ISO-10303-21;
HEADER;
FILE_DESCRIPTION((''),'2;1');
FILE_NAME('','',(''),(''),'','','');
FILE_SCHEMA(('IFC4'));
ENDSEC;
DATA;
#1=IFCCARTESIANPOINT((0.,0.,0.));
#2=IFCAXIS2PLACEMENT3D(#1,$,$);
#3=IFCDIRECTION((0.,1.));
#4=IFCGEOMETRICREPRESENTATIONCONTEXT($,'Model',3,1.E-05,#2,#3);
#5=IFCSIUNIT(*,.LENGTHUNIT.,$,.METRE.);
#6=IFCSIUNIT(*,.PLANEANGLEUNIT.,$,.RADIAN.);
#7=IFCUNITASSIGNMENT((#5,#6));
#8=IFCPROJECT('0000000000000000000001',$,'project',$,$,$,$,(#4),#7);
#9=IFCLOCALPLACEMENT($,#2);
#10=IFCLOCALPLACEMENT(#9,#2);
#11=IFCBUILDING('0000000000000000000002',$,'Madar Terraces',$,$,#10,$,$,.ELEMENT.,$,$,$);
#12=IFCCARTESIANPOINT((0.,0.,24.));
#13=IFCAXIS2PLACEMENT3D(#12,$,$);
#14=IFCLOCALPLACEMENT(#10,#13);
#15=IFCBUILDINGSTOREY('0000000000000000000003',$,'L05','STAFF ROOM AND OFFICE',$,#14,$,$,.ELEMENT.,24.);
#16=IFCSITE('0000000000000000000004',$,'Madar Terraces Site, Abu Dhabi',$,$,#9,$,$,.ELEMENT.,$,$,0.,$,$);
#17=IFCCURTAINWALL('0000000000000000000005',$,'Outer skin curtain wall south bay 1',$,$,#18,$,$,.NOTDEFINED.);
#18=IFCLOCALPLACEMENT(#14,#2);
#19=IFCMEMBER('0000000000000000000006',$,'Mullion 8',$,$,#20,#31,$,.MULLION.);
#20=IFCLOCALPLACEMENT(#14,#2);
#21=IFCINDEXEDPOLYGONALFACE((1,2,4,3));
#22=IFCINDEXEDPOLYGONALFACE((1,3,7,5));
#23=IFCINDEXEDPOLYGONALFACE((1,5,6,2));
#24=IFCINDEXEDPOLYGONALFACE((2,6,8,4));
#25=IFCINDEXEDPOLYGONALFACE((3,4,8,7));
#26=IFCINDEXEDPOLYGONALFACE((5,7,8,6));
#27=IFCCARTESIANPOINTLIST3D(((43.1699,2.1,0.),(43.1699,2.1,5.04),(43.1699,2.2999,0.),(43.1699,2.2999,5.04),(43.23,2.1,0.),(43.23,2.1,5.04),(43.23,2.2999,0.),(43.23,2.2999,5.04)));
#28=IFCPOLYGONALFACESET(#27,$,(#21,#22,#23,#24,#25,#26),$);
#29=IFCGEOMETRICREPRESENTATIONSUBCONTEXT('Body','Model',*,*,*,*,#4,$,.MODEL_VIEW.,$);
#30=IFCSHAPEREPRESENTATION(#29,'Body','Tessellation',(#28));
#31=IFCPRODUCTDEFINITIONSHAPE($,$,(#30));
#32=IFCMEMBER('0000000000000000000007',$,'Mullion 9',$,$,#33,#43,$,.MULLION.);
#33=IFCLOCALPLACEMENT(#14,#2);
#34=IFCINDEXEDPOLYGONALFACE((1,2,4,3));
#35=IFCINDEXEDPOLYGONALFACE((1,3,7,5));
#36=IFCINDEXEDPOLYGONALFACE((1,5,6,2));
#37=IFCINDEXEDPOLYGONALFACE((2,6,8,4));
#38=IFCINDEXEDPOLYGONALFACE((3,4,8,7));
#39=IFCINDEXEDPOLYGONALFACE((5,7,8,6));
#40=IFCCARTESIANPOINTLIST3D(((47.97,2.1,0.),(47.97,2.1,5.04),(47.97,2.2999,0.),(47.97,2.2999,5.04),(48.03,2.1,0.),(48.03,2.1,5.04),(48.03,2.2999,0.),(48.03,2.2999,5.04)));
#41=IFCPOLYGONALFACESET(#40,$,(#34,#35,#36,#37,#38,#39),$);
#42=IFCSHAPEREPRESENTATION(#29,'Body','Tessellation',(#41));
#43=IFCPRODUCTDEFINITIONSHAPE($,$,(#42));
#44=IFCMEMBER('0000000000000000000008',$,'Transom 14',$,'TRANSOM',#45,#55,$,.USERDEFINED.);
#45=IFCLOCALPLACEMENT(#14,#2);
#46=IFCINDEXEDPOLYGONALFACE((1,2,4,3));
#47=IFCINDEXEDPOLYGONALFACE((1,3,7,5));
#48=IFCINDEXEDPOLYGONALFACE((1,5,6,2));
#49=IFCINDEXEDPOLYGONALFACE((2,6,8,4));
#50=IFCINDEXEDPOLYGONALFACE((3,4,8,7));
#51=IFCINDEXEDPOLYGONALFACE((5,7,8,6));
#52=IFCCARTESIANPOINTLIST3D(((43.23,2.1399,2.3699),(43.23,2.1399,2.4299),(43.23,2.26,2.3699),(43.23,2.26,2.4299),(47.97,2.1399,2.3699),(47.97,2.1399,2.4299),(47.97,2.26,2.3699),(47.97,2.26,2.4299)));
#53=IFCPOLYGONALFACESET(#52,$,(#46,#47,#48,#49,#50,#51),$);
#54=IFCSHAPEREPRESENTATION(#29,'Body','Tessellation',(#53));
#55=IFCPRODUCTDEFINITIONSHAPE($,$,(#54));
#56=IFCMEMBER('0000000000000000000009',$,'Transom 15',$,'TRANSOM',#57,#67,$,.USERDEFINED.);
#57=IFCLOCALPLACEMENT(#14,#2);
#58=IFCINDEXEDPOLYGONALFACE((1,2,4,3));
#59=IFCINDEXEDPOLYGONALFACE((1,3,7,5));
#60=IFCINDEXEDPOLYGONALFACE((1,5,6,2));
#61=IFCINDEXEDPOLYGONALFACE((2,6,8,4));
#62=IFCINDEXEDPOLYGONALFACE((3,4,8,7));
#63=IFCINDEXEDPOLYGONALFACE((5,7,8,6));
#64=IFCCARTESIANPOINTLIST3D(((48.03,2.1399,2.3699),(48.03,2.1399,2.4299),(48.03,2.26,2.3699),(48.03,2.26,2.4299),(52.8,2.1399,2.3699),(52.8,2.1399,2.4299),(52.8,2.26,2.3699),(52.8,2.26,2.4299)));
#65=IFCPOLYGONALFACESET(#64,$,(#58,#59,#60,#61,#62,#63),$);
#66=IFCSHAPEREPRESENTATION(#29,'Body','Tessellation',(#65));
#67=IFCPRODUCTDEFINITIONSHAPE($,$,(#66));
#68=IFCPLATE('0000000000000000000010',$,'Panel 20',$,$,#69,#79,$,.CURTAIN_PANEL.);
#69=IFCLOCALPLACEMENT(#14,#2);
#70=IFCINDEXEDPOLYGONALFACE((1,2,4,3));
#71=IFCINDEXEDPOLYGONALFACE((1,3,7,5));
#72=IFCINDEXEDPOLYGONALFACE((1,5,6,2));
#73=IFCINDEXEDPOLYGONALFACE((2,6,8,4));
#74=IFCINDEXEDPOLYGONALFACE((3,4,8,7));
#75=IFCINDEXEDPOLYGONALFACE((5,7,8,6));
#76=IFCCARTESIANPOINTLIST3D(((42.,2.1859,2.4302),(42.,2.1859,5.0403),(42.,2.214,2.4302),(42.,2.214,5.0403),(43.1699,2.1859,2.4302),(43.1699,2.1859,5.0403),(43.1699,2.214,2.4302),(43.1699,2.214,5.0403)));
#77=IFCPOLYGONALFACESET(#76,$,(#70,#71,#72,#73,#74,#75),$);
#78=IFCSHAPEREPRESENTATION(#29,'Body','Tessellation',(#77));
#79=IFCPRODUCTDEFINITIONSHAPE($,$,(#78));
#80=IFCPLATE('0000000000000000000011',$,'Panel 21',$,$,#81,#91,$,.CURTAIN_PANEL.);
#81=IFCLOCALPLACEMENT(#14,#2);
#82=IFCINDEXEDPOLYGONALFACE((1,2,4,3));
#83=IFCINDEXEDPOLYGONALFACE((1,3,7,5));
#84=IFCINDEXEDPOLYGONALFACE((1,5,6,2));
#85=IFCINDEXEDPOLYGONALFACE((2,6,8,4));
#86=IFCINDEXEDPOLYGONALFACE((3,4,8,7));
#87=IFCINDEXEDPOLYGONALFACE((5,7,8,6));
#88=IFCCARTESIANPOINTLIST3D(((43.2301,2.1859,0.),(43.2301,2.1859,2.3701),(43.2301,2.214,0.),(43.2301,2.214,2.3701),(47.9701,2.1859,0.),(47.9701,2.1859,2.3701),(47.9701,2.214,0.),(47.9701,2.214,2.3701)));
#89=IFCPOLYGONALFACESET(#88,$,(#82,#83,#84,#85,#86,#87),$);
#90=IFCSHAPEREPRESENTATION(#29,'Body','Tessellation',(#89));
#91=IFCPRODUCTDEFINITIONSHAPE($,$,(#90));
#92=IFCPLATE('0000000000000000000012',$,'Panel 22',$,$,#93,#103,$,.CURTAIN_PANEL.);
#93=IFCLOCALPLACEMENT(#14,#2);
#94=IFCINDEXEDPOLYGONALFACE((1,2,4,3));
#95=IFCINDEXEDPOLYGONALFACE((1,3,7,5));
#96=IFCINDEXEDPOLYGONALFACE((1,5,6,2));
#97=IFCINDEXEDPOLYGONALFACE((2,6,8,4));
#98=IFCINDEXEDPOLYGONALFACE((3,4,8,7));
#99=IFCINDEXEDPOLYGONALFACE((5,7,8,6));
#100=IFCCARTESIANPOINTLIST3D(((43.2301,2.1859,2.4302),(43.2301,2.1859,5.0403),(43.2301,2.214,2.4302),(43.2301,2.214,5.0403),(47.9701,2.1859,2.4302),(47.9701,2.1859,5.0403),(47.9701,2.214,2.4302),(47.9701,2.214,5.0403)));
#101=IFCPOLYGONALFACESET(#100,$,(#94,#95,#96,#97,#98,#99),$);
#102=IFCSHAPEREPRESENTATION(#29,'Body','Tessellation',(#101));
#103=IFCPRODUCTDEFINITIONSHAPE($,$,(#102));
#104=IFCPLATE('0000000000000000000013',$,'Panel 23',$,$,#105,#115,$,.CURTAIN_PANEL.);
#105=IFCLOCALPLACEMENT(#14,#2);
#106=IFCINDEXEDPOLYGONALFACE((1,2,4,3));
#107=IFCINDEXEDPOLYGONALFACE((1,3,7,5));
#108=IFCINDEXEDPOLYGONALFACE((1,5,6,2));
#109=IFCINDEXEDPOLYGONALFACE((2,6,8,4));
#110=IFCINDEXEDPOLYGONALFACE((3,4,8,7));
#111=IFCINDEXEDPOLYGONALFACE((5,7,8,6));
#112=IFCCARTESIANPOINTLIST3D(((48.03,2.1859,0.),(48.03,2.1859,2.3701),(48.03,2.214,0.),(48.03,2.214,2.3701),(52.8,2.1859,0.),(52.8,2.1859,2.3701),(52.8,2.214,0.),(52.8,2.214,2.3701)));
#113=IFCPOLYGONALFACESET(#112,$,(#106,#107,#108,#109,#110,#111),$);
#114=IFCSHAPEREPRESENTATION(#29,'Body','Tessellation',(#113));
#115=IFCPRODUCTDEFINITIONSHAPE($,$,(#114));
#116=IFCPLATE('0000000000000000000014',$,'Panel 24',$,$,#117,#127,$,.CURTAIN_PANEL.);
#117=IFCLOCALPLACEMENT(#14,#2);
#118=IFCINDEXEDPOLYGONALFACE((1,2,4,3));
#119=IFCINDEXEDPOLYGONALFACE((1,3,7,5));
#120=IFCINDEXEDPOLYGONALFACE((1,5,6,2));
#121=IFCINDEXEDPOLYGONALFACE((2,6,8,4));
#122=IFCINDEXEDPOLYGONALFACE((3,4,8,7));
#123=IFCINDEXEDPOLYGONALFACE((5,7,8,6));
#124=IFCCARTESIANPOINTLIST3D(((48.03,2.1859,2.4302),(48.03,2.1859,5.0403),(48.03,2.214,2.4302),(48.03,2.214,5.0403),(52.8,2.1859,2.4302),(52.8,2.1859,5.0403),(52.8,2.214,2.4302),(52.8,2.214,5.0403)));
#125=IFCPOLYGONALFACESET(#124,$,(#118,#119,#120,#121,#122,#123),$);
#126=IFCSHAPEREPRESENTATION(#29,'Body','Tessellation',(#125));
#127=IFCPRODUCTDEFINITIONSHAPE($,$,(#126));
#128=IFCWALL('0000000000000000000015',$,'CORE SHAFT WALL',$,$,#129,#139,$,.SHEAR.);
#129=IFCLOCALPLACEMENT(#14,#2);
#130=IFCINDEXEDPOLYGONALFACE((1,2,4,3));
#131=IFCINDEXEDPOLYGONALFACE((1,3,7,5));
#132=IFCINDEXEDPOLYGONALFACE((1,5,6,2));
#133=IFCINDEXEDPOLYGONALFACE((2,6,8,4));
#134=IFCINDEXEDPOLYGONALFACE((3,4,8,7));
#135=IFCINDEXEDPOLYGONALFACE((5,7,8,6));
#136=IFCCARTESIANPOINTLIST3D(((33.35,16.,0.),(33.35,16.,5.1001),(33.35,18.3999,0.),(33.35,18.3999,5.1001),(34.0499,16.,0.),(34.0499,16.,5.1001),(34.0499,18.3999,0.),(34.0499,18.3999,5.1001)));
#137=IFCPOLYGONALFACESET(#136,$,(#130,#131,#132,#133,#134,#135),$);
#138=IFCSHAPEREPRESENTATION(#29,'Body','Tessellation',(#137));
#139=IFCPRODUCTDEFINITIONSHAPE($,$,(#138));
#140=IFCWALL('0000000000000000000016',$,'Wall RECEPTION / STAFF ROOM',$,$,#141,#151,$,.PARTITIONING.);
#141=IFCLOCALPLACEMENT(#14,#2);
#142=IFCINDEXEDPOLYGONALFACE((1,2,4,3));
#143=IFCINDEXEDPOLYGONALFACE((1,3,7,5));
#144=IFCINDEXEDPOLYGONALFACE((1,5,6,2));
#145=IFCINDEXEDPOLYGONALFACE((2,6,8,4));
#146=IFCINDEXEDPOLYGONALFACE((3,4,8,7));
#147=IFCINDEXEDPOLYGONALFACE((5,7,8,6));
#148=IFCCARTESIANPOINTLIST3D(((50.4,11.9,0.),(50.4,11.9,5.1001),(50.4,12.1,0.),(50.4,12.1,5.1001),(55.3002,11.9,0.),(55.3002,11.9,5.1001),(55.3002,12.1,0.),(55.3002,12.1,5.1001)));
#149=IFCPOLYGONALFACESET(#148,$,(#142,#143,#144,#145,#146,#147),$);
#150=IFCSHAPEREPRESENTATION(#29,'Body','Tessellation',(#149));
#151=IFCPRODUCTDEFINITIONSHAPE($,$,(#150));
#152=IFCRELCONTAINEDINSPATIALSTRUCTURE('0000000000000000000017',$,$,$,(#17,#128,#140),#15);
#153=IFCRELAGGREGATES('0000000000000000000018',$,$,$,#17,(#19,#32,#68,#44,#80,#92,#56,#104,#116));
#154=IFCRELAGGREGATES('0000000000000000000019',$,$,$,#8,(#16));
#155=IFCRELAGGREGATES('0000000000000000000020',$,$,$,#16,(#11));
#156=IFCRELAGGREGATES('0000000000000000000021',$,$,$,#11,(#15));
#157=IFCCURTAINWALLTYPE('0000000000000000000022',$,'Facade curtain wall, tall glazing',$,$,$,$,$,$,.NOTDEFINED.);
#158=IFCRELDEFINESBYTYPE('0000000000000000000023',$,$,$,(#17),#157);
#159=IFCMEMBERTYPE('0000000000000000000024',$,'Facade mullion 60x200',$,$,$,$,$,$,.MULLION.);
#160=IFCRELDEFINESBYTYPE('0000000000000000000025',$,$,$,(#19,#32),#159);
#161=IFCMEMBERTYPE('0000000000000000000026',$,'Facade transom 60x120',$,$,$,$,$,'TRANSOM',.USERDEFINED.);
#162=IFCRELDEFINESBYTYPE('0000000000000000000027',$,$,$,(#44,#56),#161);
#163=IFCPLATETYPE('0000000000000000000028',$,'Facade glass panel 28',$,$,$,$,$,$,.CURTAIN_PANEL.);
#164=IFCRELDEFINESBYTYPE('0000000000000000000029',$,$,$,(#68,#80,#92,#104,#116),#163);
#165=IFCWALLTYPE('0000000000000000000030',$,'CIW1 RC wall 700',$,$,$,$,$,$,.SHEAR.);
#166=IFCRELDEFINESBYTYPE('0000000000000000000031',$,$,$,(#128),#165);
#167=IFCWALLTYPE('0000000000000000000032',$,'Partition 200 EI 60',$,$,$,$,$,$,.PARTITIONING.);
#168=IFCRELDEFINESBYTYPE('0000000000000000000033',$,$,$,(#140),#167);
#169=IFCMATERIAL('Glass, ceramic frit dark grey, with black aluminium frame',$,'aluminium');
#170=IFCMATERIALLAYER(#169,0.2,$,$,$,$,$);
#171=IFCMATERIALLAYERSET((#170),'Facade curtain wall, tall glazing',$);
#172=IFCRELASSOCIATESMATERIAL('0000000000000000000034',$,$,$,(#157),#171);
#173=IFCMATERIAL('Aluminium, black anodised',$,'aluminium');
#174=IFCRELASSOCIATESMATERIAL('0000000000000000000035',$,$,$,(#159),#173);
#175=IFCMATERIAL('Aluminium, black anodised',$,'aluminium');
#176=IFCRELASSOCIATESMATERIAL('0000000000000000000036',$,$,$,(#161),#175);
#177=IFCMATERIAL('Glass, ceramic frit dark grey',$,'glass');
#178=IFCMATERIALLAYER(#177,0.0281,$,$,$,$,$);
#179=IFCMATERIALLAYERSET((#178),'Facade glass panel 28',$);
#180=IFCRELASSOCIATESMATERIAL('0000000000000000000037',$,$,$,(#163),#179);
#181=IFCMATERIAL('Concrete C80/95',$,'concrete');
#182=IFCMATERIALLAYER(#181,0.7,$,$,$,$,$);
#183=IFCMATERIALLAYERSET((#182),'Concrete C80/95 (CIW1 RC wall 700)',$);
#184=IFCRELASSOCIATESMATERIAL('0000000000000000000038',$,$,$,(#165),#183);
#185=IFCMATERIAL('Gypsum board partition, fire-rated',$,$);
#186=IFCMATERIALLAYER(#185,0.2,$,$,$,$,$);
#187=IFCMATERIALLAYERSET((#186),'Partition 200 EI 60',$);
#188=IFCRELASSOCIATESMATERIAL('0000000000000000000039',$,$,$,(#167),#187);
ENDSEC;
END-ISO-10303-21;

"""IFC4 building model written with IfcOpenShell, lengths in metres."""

from ifc_helpers import new_model, si_unit, direction, frame, frame_2d, origin, origin_2d, place, context, subcontext, project, spatial, rectangle, extrude, material, layer, layer_set, material_profile, profile_set, type_object, element, aggregate, save


model = new_model("IFC4")

# Units and contexts
model_context = context("Model", 3, precision=1e-05, world=origin(), true_north=direction((0.0, 1.0)))
body_context = subcontext(model_context, "Body", "Model", "MODEL_VIEW")
ifc_project = project(units=[si_unit("LENGTHUNIT", "METRE"), si_unit("PLANEANGLEUNIT", "RADIAN")], contexts=[model_context])

# Site, building, storey
site_placement = place(None, origin())
site = spatial("IfcSite", under=ifc_project, at=site_placement, Name="Madar Terraces Site, Abu Dhabi", CompositionType="ELEMENT", RefElevation=0.0)
building_placement = place(site_placement, origin())
building = spatial("IfcBuilding", under=site, at=building_placement, Name="Madar Terraces", CompositionType="ELEMENT")
storey_placement = place(building_placement, frame((0.0, 0.0, 24.0)))
storey = spatial("IfcBuildingStorey", under=building, at=storey_placement, Name="L05", Description="STAFF ROOM AND OFFICE", CompositionType="ELEMENT", Elevation=24.0)

# Curtain wall, members, plates
ifc_material_1 = material(Name="Glass, ceramic frit dark grey, with black aluminium frame", Category="aluminium")
ifc_layer_1 = layer(ifc_material_1, 0.2)
ifc_layer_set_1 = layer_set([ifc_layer_1], Name="Facade curtain wall, tall glazing")
curtain_wall_type = type_object("IfcCurtainWallType", Name="Facade curtain wall, tall glazing", PredefinedType="NOTDEFINED", material=ifc_layer_set_1)
curtain_wall_placement = place(storey_placement, origin())
curtain_wall = element("IfcCurtainWall", 1, at=curtain_wall_placement, inside=storey, type_object=curtain_wall_type, Name="Outer skin curtain wall south bay 1", PredefinedType="NOTDEFINED")
ifc_material_2 = material(Name="Aluminium, black anodised", Category="aluminium")
ifc_material_profile_1 = material_profile(ifc_material_2, rectangle(XDim=0.2, YDim=0.0601, at=origin_2d()), Name="Facade mullion 60x200")
ifc_profile_set_1 = profile_set([ifc_material_profile_1], Name="Aluminium, black anodised")
member_type_1 = type_object("IfcMemberType", Name="Facade mullion 60x200", PredefinedType="MULLION", material=ifc_profile_set_1)
member_1_placement = place(storey_placement, frame((43.2, 2.2, 0.0), z_axis=(0.0, 0.0, 1.0), x_axis=(0.0, 1.0, 0.0)))
member_1 = element("IfcMember", 2, at=member_1_placement, type_object=member_type_1, Name="Mullion 8", PredefinedType="MULLION", context=body_context, shape_type="SweptSolid", body=[
    extrude(rectangle(XDim=0.2, YDim=0.0601, at=origin_2d()), origin(), (0.0, 0.0, 1.0), 5.04),
])
member_2_placement = place(storey_placement, frame((48.0, 2.2, 0.0), z_axis=(0.0, 0.0, 1.0), x_axis=(0.0, 1.0, 0.0)))
member_2 = element("IfcMember", 3, at=member_2_placement, type_object=member_type_1, Name="Mullion 9", PredefinedType="MULLION", context=body_context, shape_type="SweptSolid", body=[
    extrude(rectangle(XDim=0.2, YDim=0.0601, at=origin_2d()), origin(), (0.0, 0.0, 1.0), 5.04),
])
ifc_material_3 = material(Name="Aluminium, black anodised", Category="aluminium")
ifc_material_profile_2 = material_profile(ifc_material_3, rectangle(XDim=0.1201, YDim=0.0601, at=origin_2d()), Name="Facade transom 60x120")
ifc_profile_set_2 = profile_set([ifc_material_profile_2], Name="Aluminium, black anodised")
member_type_2 = type_object("IfcMemberType", Name="Facade transom 60x120", ElementType="TRANSOM", PredefinedType="USERDEFINED", material=ifc_profile_set_2)
member_3_placement = place(storey_placement, frame((43.23, 2.2, 2.3999), z_axis=(1.0, 0.0, 0.0), x_axis=(0.0, 1.0, 0.0)))
member_3 = element("IfcMember", 4, at=member_3_placement, type_object=member_type_2, Name="Transom 14", ObjectType="TRANSOM", PredefinedType="USERDEFINED", context=body_context, shape_type="SweptSolid", body=[
    extrude(rectangle(XDim=0.1201, YDim=0.0601, at=origin_2d()), origin(), (0.0, 0.0, 1.0), 4.74),
])
member_4_placement = place(storey_placement, frame((48.03, 2.2, 2.3999), z_axis=(1.0, 0.0, 0.0), x_axis=(0.0, 1.0, 0.0)))
member_4 = element("IfcMember", 5, at=member_4_placement, type_object=member_type_2, Name="Transom 15", ObjectType="TRANSOM", PredefinedType="USERDEFINED", context=body_context, shape_type="SweptSolid", body=[
    extrude(rectangle(XDim=0.1201, YDim=0.0601, at=origin_2d()), origin(), (0.0, 0.0, 1.0), 4.77),
])
ifc_material_4 = material(Name="Glass, ceramic frit dark grey", Category="glass")
ifc_layer_2 = layer(ifc_material_4, 0.0281)
ifc_layer_set_2 = layer_set([ifc_layer_2], Name="Facade glass panel 28")
plate_type = type_object("IfcPlateType", Name="Facade glass panel 28", PredefinedType="CURTAIN_PANEL", material=ifc_layer_set_2)
plate_1_placement = place(storey_placement, frame((42.585, 2.2, 2.4302), z_axis=(0.0, 0.0, 1.0), x_axis=(1.0, 0.0, 0.0)))
plate_1 = element("IfcPlate", 6, at=plate_1_placement, type_object=plate_type, Name="Panel 20", PredefinedType="CURTAIN_PANEL", context=body_context, shape_type="SweptSolid", body=[
    extrude(rectangle(XDim=1.1699, YDim=0.0281, at=origin_2d()), origin(), (0.0, 0.0, 1.0), 2.6101),
])
plate_2_placement = place(storey_placement, frame((45.6001, 2.2, 0.0), z_axis=(0.0, 0.0, 1.0), x_axis=(1.0, 0.0, 0.0)))
plate_2 = element("IfcPlate", 7, at=plate_2_placement, type_object=plate_type, Name="Panel 21", PredefinedType="CURTAIN_PANEL", context=body_context, shape_type="SweptSolid", body=[
    extrude(rectangle(XDim=4.74, YDim=0.0281, at=origin_2d()), origin(), (0.0, 0.0, 1.0), 2.3701),
])
plate_3_placement = place(storey_placement, frame((45.6001, 2.2, 2.4302), z_axis=(0.0, 0.0, 1.0), x_axis=(1.0, 0.0, 0.0)))
plate_3 = element("IfcPlate", 8, at=plate_3_placement, type_object=plate_type, Name="Panel 22", PredefinedType="CURTAIN_PANEL", context=body_context, shape_type="SweptSolid", body=[
    extrude(rectangle(XDim=4.74, YDim=0.0281, at=origin_2d()), origin(), (0.0, 0.0, 1.0), 2.6101),
])
plate_4_placement = place(storey_placement, frame((50.415, 2.2, 0.0), z_axis=(0.0, 0.0, 1.0), x_axis=(1.0, 0.0, 0.0)))
plate_4 = element("IfcPlate", 9, at=plate_4_placement, type_object=plate_type, Name="Panel 23", PredefinedType="CURTAIN_PANEL", context=body_context, shape_type="SweptSolid", body=[
    extrude(rectangle(XDim=4.77, YDim=0.0281, at=origin_2d()), origin(), (0.0, 0.0, 1.0), 2.3701),
])
plate_5_placement = place(storey_placement, frame((50.415, 2.2, 2.4302), z_axis=(0.0, 0.0, 1.0), x_axis=(1.0, 0.0, 0.0)))
plate_5 = element("IfcPlate", 10, at=plate_5_placement, type_object=plate_type, Name="Panel 24", PredefinedType="CURTAIN_PANEL", context=body_context, shape_type="SweptSolid", body=[
    extrude(rectangle(XDim=4.77, YDim=0.0281, at=origin_2d()), origin(), (0.0, 0.0, 1.0), 2.6101),
])
aggregate(curtain_wall, [member_1, member_2, plate_1, member_3, plate_2, plate_3, member_4, plate_4, plate_5])

# Walls
ifc_material_5 = material(Name="Concrete C80/95", Category="concrete")
ifc_layer_3 = layer(ifc_material_5, 0.7)
ifc_layer_set_3 = layer_set([ifc_layer_3], Name="Concrete C80/95 (CIW1 RC wall 700)")
wall_type_1 = type_object("IfcWallType", Name="CIW1 RC wall 700", PredefinedType="SHEAR", material=ifc_layer_set_3)
wall_1_placement = place(storey_placement, frame((33.7, 16.0, 0.0), z_axis=(0.0, 0.0, 1.0), x_axis=(0.0, 1.0, 0.0)))
element("IfcWall", 11, at=wall_1_placement, inside=storey, type_object=wall_type_1, Name="CORE SHAFT WALL", PredefinedType="SHEAR", context=body_context, shape_type="SweptSolid", body=[
    extrude(rectangle(XDim=2.3999, YDim=0.7, at=frame_2d((1.2, 0.0))), origin(), (0.0, 0.0, 1.0), 5.1001),
])
ifc_material_6 = material(Name="Gypsum board partition, fire-rated")
ifc_layer_4 = layer(ifc_material_6, 0.2)
ifc_layer_set_4 = layer_set([ifc_layer_4], Name="Partition 200 EI 60")
wall_type_2 = type_object("IfcWallType", Name="Partition 200 EI 60", PredefinedType="PARTITIONING", material=ifc_layer_set_4)
wall_2_placement = place(storey_placement, frame((50.3999, 12.0, 0.0), z_axis=(0.0, 0.0, 1.0), x_axis=(1.0, 0.0, 0.0)))
element("IfcWall", 12, at=wall_2_placement, inside=storey, type_object=wall_type_2, Name="Wall RECEPTION / STAFF ROOM", PredefinedType="PARTITIONING", context=body_context, shape_type="SweptSolid", body=[
    extrude(rectangle(XDim=4.9001, YDim=0.2, at=frame_2d((2.4502, 0.0))), origin(), (0.0, 0.0, 1.0), 5.1001),
])

save(model, "model.ifc")
